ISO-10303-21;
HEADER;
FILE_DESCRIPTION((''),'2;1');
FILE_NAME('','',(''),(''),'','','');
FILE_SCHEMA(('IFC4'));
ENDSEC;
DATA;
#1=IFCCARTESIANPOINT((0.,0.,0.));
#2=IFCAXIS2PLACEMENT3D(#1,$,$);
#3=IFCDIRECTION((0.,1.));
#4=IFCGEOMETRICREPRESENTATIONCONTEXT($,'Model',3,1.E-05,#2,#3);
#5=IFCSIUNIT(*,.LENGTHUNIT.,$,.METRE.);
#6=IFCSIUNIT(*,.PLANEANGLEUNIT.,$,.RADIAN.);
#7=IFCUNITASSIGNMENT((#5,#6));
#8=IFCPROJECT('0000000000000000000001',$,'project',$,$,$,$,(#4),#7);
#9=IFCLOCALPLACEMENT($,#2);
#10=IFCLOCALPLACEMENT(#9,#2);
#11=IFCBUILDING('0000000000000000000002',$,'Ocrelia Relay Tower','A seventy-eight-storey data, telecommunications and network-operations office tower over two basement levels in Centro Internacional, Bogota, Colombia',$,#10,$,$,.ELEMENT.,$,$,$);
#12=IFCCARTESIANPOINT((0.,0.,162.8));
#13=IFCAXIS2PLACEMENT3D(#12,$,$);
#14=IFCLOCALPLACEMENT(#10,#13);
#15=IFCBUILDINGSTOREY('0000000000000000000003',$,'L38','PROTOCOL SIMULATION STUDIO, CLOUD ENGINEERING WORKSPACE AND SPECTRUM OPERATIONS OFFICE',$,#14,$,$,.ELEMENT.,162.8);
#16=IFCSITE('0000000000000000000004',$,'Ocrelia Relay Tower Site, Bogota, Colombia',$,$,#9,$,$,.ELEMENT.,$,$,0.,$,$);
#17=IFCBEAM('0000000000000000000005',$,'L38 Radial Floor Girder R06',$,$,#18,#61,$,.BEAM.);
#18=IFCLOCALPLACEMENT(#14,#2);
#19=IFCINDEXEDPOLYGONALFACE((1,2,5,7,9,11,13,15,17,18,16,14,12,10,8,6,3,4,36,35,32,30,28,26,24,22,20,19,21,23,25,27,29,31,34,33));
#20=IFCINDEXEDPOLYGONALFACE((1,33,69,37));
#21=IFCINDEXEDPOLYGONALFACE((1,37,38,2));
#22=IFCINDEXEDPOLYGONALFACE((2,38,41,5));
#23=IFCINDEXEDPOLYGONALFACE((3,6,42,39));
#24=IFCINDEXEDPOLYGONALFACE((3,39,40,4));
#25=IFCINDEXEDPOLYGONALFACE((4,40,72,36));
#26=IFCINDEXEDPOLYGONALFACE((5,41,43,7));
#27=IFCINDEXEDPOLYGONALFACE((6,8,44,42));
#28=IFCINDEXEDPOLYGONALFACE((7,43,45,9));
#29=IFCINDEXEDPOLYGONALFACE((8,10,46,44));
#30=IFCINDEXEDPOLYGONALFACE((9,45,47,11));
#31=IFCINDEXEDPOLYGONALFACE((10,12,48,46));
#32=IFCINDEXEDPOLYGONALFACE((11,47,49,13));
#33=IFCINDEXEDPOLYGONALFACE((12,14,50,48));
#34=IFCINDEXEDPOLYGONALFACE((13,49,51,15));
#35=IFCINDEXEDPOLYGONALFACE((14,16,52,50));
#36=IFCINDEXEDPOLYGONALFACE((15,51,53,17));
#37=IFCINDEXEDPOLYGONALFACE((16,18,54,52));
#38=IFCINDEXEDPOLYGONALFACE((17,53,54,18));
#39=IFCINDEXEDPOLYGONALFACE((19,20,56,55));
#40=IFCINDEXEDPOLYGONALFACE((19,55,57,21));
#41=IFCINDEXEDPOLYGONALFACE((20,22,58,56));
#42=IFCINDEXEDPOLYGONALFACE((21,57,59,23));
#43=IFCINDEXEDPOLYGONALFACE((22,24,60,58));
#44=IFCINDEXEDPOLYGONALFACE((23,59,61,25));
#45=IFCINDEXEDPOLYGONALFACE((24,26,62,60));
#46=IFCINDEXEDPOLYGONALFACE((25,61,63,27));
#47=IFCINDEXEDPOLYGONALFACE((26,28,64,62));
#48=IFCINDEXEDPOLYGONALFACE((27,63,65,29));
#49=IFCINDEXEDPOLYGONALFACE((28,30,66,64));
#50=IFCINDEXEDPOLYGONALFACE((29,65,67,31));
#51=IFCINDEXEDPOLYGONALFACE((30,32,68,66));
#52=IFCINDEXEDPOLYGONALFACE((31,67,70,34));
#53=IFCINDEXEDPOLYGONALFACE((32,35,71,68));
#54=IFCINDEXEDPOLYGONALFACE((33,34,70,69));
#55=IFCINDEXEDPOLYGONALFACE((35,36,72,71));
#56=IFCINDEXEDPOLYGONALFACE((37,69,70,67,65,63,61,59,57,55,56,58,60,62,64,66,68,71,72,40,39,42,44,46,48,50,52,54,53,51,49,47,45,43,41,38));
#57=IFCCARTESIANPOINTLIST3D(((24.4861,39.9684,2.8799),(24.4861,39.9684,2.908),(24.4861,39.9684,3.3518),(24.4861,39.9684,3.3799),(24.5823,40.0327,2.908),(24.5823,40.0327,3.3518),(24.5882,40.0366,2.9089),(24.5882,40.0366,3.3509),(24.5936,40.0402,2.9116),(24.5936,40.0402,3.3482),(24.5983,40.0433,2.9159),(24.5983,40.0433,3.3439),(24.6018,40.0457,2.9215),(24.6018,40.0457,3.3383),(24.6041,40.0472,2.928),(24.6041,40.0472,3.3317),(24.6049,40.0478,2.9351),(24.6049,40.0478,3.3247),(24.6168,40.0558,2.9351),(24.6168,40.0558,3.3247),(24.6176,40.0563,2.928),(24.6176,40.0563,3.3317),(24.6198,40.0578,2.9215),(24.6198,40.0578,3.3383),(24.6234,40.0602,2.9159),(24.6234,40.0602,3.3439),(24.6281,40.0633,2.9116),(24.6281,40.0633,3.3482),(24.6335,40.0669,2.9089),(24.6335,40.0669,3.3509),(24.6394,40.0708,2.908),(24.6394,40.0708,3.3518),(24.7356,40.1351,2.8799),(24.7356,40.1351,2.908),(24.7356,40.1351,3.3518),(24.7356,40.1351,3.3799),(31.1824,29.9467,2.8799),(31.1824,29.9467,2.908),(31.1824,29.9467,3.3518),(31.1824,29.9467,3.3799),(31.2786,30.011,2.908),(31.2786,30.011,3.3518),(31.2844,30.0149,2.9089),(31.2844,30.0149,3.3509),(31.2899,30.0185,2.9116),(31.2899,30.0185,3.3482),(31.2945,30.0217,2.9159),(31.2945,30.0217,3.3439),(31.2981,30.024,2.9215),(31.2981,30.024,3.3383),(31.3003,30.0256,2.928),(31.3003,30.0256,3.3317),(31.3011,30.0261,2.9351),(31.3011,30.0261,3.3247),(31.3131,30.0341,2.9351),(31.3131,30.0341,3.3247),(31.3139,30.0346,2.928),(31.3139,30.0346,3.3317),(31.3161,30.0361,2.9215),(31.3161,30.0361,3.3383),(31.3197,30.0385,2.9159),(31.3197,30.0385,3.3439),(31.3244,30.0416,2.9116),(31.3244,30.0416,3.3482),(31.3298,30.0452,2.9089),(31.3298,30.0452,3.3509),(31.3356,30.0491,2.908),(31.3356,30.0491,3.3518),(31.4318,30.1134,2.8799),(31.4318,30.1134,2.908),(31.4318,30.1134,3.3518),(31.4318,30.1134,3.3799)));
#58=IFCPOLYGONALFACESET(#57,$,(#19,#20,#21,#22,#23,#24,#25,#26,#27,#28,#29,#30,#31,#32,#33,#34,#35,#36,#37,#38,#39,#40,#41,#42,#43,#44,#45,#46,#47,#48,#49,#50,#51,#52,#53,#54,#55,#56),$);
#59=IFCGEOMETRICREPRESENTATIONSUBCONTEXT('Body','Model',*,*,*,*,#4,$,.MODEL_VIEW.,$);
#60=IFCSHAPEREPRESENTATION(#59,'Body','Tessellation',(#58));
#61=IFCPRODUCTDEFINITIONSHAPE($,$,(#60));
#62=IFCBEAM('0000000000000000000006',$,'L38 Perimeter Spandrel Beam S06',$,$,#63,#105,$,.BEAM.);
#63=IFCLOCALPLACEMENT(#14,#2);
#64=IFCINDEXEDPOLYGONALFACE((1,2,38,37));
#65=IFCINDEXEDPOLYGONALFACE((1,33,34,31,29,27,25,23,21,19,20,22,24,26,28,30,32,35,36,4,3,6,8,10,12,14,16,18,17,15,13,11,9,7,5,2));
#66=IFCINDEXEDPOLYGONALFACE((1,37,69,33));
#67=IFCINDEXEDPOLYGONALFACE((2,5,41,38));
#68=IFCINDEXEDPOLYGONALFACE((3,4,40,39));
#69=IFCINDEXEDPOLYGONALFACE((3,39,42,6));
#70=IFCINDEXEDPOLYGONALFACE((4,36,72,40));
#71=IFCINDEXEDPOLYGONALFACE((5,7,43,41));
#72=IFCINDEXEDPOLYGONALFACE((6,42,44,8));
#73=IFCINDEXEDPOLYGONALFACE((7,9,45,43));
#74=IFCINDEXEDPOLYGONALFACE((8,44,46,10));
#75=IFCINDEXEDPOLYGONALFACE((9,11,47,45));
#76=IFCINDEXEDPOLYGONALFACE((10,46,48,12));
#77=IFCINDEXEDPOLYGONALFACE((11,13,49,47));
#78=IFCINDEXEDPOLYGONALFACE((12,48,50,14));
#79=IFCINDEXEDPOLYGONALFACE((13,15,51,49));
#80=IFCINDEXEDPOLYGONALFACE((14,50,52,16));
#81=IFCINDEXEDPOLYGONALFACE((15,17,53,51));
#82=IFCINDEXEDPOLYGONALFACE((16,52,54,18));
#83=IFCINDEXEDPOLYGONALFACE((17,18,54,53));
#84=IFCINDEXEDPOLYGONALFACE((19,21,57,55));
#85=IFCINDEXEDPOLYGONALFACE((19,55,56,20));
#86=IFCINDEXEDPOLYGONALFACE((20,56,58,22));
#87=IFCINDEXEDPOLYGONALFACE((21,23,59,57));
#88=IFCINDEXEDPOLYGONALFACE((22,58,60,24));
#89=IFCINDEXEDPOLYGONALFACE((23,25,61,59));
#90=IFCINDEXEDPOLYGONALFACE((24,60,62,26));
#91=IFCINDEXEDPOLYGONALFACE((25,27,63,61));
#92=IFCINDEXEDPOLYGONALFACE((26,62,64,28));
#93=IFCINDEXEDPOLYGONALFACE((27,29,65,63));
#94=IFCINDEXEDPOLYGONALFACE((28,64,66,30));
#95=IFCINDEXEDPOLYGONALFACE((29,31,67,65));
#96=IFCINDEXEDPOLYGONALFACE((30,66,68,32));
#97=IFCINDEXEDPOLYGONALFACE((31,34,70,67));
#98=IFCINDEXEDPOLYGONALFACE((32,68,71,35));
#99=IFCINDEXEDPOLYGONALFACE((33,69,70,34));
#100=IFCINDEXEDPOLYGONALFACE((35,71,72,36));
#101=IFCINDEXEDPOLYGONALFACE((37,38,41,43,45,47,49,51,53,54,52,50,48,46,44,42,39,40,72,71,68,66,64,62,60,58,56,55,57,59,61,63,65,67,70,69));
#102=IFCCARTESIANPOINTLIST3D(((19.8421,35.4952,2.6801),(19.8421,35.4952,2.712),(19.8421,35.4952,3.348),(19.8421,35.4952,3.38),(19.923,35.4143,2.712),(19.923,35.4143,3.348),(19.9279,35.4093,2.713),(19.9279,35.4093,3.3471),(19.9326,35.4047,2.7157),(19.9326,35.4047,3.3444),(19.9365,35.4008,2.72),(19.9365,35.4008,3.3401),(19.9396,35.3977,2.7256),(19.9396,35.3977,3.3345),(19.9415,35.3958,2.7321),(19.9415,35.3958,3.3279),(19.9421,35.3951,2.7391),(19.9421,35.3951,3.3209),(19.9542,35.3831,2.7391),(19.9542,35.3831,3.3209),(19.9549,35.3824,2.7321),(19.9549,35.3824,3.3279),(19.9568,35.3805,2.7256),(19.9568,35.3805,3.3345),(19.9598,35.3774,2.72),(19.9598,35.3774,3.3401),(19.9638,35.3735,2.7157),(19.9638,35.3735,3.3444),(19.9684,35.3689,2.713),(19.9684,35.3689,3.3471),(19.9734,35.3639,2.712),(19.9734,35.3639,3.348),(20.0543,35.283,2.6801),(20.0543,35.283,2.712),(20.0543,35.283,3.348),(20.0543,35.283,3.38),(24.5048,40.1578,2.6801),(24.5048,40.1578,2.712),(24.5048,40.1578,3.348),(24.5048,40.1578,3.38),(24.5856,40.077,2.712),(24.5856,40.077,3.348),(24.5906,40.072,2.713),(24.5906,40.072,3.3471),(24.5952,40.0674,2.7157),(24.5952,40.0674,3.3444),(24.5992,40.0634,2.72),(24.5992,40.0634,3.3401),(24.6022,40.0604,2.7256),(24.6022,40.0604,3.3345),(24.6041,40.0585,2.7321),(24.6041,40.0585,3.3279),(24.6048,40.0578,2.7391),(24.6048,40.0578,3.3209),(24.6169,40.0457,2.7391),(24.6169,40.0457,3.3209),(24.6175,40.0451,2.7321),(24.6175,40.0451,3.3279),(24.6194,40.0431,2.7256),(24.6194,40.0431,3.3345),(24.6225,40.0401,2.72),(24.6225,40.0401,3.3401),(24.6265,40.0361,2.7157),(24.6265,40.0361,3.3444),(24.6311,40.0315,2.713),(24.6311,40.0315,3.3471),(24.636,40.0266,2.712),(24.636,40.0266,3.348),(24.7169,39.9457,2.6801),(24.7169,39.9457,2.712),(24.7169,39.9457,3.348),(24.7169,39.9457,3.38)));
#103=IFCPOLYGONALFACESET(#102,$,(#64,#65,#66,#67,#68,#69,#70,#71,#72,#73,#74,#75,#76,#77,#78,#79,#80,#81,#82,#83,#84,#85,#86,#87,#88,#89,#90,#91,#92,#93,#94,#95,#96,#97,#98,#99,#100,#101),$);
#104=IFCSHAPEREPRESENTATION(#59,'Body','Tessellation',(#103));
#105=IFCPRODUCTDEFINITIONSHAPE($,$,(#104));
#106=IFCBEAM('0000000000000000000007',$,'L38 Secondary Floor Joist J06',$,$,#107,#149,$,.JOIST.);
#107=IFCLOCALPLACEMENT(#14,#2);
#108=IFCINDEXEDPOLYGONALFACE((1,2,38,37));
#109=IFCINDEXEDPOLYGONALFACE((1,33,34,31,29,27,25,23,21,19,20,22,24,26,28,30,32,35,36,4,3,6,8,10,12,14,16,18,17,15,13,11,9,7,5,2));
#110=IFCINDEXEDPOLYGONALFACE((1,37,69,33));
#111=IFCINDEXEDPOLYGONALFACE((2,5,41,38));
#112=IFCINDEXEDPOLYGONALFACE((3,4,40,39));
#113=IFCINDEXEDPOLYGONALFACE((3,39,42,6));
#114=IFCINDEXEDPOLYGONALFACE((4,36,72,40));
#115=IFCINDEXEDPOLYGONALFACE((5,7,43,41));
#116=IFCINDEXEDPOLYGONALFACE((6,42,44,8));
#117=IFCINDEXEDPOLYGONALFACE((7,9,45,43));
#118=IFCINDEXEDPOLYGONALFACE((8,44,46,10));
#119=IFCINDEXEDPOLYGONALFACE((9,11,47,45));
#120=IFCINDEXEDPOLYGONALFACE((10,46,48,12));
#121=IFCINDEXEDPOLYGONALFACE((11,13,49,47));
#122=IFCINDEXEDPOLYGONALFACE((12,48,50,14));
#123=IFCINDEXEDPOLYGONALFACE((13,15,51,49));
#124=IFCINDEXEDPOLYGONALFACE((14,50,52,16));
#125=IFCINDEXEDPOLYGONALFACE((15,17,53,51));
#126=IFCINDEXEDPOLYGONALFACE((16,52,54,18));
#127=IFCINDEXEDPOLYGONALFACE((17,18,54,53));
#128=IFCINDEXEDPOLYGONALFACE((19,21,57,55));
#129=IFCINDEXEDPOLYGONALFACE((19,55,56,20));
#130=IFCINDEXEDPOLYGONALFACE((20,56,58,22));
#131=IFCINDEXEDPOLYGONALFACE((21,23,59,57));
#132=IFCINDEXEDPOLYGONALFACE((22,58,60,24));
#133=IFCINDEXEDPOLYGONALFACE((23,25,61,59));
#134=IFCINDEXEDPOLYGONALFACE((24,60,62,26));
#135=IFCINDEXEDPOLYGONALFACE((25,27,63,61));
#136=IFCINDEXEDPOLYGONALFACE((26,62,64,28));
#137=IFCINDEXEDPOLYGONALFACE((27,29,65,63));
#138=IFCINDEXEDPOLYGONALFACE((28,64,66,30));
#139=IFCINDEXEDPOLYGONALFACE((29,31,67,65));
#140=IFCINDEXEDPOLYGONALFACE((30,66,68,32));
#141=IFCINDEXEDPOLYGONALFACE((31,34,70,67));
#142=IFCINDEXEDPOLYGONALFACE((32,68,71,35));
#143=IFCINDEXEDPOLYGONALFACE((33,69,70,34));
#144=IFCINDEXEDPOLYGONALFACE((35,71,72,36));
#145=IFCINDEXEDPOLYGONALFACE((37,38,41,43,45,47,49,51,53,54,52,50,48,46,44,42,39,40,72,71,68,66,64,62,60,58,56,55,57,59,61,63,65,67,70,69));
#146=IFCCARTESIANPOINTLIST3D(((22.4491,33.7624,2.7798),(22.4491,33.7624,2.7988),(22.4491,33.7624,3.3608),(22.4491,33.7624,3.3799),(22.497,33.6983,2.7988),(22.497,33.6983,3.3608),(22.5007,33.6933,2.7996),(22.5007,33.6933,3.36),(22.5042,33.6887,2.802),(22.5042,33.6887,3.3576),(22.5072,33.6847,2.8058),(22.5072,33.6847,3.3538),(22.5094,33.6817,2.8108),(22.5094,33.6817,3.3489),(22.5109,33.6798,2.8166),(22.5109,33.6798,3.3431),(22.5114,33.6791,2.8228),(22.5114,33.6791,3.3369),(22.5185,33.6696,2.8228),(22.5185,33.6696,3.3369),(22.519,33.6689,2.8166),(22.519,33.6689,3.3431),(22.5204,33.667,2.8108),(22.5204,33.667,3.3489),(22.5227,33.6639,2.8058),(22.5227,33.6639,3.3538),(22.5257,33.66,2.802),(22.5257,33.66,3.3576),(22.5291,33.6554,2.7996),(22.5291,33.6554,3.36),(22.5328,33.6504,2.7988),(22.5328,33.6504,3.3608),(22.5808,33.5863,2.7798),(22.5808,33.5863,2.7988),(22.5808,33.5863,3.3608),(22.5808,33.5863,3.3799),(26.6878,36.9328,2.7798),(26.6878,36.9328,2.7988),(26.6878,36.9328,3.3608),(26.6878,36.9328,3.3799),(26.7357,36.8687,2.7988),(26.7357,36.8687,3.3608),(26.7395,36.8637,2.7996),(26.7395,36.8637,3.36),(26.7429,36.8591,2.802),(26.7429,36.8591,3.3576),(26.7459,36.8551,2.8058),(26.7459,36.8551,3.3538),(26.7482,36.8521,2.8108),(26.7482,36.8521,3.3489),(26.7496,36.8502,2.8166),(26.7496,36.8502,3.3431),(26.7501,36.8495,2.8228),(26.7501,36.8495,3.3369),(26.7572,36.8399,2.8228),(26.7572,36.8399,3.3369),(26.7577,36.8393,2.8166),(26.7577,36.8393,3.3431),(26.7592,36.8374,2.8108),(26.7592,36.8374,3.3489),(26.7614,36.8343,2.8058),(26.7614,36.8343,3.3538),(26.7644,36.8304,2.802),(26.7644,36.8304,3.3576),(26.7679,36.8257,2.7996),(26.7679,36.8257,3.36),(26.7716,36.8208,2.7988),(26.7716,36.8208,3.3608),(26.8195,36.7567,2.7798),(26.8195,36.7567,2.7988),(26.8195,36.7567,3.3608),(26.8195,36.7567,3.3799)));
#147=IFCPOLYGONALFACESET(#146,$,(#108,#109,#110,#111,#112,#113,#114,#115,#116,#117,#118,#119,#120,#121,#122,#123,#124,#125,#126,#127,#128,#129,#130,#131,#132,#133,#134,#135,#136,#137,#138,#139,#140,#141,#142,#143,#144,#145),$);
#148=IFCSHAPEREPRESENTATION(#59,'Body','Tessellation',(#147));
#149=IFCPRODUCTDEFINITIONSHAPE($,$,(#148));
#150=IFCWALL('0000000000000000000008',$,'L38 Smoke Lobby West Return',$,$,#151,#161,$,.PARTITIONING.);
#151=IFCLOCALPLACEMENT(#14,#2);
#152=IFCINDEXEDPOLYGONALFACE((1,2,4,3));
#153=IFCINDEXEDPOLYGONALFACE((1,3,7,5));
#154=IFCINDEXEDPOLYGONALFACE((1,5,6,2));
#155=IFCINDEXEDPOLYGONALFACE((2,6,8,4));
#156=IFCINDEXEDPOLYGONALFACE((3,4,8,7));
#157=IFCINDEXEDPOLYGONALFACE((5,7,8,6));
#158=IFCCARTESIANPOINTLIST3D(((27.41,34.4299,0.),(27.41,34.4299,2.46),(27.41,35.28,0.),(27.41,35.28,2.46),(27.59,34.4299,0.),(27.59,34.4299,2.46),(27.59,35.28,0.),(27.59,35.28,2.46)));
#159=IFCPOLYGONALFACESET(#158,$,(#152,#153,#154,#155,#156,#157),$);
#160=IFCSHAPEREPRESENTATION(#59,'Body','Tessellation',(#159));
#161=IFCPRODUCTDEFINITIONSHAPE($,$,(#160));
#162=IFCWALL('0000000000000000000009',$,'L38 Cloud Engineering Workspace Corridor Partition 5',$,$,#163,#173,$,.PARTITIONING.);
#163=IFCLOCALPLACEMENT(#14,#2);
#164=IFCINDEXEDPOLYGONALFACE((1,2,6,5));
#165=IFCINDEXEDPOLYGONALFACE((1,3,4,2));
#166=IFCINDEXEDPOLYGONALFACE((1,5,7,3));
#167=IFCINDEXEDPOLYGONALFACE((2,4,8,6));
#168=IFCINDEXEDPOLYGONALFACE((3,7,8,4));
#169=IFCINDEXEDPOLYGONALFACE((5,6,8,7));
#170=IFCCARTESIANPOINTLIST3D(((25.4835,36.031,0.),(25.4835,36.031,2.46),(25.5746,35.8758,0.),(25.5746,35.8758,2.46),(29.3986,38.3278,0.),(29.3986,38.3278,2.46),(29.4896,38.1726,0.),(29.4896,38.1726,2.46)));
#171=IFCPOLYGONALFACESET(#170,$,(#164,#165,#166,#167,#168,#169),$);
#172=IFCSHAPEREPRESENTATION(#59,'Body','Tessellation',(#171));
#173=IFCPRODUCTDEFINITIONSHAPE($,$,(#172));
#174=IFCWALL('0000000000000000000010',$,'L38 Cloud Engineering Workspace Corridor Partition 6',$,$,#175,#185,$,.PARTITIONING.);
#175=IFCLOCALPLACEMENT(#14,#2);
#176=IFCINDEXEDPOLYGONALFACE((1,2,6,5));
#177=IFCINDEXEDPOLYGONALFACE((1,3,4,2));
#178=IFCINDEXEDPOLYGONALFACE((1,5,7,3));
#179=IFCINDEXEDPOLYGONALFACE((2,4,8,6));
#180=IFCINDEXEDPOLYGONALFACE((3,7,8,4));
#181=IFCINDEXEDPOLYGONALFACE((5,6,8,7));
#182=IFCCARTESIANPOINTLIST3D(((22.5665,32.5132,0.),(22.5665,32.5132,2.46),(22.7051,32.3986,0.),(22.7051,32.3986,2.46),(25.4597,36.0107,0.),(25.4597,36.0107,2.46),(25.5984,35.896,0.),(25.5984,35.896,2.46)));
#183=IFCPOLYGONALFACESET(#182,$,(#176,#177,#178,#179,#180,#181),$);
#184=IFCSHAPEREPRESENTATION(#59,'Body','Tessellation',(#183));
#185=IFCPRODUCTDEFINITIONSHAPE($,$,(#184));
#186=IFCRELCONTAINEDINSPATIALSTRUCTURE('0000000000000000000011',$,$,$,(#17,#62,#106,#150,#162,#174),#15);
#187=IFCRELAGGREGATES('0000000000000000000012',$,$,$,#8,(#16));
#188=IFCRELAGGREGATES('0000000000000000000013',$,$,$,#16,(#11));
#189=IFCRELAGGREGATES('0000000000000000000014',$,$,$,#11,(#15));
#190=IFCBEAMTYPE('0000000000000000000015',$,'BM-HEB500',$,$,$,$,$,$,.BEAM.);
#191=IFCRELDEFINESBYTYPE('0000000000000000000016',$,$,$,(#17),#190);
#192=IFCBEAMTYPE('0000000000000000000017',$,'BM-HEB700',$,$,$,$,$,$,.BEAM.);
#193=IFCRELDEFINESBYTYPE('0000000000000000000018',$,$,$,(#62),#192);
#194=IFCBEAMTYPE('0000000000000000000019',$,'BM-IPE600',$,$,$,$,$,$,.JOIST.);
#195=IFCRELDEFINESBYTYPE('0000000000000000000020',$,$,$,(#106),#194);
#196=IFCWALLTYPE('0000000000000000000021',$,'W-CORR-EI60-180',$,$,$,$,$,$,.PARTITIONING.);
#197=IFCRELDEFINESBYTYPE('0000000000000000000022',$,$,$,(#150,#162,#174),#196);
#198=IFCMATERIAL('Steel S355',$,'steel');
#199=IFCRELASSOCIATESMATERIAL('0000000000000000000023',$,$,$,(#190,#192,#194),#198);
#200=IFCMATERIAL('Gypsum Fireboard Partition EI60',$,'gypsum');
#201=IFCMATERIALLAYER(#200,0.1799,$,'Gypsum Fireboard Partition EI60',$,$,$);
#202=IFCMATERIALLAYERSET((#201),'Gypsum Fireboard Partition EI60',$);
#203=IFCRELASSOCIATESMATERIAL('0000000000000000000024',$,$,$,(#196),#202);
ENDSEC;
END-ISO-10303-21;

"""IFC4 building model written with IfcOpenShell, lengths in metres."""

from ifc_helpers import new_model, si_unit, direction, frame, frame_2d, origin, origin_2d, place, context, subcontext, project, spatial, rectangle, i_section, extrude, material, layer, layer_set, material_profile, profile_set, type_object, element, save


model = new_model("IFC4")

# Units and contexts
model_context = context("Model", 3, precision=1e-05, world=origin(), true_north=direction((0.0, 1.0)))
body_context = subcontext(model_context, "Body", "Model", "MODEL_VIEW")
ifc_project = project(units=[si_unit("LENGTHUNIT", "METRE"), si_unit("PLANEANGLEUNIT", "RADIAN")], contexts=[model_context])

# Site, building, storey
site_placement = place(None, origin())
site = spatial("IfcSite", under=ifc_project, at=site_placement, Name="Ocrelia Relay Tower Site, Bogota, Colombia", CompositionType="ELEMENT", RefElevation=0.0)
building_placement = place(site_placement, origin())
building = spatial("IfcBuilding", under=site, at=building_placement, Name="Ocrelia Relay Tower", Description="A seventy-eight-storey data, telecommunications and network-operations office tower over two basement levels in Centro Internacional, Bogota, Colombia", CompositionType="ELEMENT")
storey_placement = place(building_placement, frame((0.0, 0.0, 162.8)))
storey = spatial("IfcBuildingStorey", under=building, at=storey_placement, Name="L38", Description="PROTOCOL SIMULATION STUDIO, CLOUD ENGINEERING WORKSPACE AND SPECTRUM OPERATIONS OFFICE", CompositionType="ELEMENT", Elevation=162.8)

# Beams
ifc_material_1 = material(Name="Steel S355", Category="steel")
ifc_material_profile_1 = material_profile(ifc_material_1, i_section(OverallWidth=0.3, OverallDepth=0.5, WebThickness=0.0144, FlangeThickness=0.0281, FilletRadius=0.0271, at=origin_2d()), Name="HEB 500")
ifc_profile_set_1 = profile_set([ifc_material_profile_1], Name="Steel S355")
beam_type_1 = type_object("IfcBeamType", Name="BM-HEB500", PredefinedType="BEAM", material=ifc_profile_set_1)
beam_1_placement = place(storey_placement, frame((24.6108, 40.0518, 3.1299), z_axis=(0.555569, -0.83147, 0.0), x_axis=(0.83147, 0.555569, 0.0)))
element("IfcBeam", 1, at=beam_1_placement, inside=storey, type_object=beam_type_1, Name="L38 Radial Floor Girder R06", PredefinedType="BEAM", context=body_context, shape_type="SweptSolid", body=[
    extrude(i_section(OverallWidth=0.3, OverallDepth=0.5, WebThickness=0.0144, FlangeThickness=0.0281, FilletRadius=0.0271, at=origin_2d()), origin(), (0.0, 0.0, 1.0), 12.053),
])
ifc_material_profile_2 = material_profile(ifc_material_1, i_section(OverallWidth=0.3, OverallDepth=0.7, WebThickness=0.0171, FlangeThickness=0.032, FilletRadius=0.0271, at=origin_2d()), Name="HEB 700")
ifc_profile_set_2 = profile_set([ifc_material_profile_2], Name="Steel S355")
beam_type_2 = type_object("IfcBeamType", Name="BM-HEB700", PredefinedType="BEAM", material=ifc_profile_set_2)
beam_2_placement = place(storey_placement, frame((24.6108, 40.0518, 3.03), z_axis=(-0.707107, -0.707107, 0.0), x_axis=(0.707107, -0.707107, 0.0)))
element("IfcBeam", 2, at=beam_2_placement, inside=storey, type_object=beam_type_2, Name="L38 Perimeter Spandrel Beam S06", PredefinedType="BEAM", context=body_context, shape_type="SweptSolid", body=[
    extrude(i_section(OverallWidth=0.3, OverallDepth=0.7, WebThickness=0.0171, FlangeThickness=0.032, FilletRadius=0.0271, at=origin_2d()), origin(), (0.0, 0.0, 1.0), 6.594),
])
ifc_material_profile_3 = material_profile(ifc_material_1, i_section(OverallWidth=0.22, OverallDepth=0.6001, WebThickness=0.012, FlangeThickness=0.019, FilletRadius=0.0239, at=origin_2d()), Name="IPE 600")
ifc_profile_set_3 = profile_set([ifc_material_profile_3], Name="Steel S355")
beam_type_3 = type_object("IfcBeamType", Name="BM-IPE600", PredefinedType="JOIST", material=ifc_profile_set_3)
beam_3_placement = place(storey_placement, frame((26.7537, 36.8447, 3.0798), z_axis=(-0.800785, -0.598952, 0.0), x_axis=(0.598952, -0.800785, 0.0)))
element("IfcBeam", 3, at=beam_3_placement, inside=storey, type_object=beam_type_3, Name="L38 Secondary Floor Joist J06", PredefinedType="JOIST", context=body_context, shape_type="SweptSolid", body=[
    extrude(i_section(OverallWidth=0.22, OverallDepth=0.6001, WebThickness=0.012, FlangeThickness=0.019, FilletRadius=0.0239, at=origin_2d()), origin(), (0.0, 0.0, 1.0), 5.2932),
])

# Wall
ifc_material_2 = material(Name="Gypsum Fireboard Partition EI60", Category="gypsum")
ifc_layer_1 = layer(ifc_material_2, 0.1799, Name="Gypsum Fireboard Partition EI60")
ifc_layer_set_1 = layer_set([ifc_layer_1], Name="Gypsum Fireboard Partition EI60")
wall_type_1 = type_object("IfcWallType", Name="W-CORR-EI60-180", PredefinedType="PARTITIONING", material=ifc_layer_set_1)
wall_1_placement = place(storey_placement, frame((27.5, 34.4299, 0.0), z_axis=(0.0, 0.0, 1.0), x_axis=(0.0, 1.0, 0.0)))
element("IfcWall", 4, at=wall_1_placement, inside=storey, type_object=wall_type_1, Name="L38 Smoke Lobby West Return", PredefinedType="PARTITIONING", context=body_context, shape_type="SweptSolid", body=[
    extrude(rectangle(XDim=0.8501, YDim=0.1799, at=frame_2d((0.425, 0.0))), origin(), (0.0, 0.0, 1.0), 2.46),
])

# Walls
for number, where, z_axis, x_axis, name in (
    (5, (29.4441, 38.2502, 0.0), (0.0, 0.0, 1.0), (-0.86252, -0.506023, 0.0), "L38 Cloud Engineering Workspace Corridor Partition 5"),
    (6, (25.5291, 35.9534, 0.0), (0.0, 0.0, 1.0), (-0.637408, -0.770526, 0.0), "L38 Cloud Engineering Workspace Corridor Partition 6"),
):
    element("IfcWall", number, at=place(storey_placement, frame(where, z_axis=z_axis, x_axis=x_axis)), inside=storey, type_object=wall_type_1, Name=name, PredefinedType="PARTITIONING", context=body_context, shape_type="SweptSolid", body=[
        extrude(rectangle(XDim=4.5391, YDim=0.1799, at=frame_2d((2.2695, 0.0))), origin(), (0.0, 0.0, 1.0), 2.46),
    ])

save(model, "model.ifc")
